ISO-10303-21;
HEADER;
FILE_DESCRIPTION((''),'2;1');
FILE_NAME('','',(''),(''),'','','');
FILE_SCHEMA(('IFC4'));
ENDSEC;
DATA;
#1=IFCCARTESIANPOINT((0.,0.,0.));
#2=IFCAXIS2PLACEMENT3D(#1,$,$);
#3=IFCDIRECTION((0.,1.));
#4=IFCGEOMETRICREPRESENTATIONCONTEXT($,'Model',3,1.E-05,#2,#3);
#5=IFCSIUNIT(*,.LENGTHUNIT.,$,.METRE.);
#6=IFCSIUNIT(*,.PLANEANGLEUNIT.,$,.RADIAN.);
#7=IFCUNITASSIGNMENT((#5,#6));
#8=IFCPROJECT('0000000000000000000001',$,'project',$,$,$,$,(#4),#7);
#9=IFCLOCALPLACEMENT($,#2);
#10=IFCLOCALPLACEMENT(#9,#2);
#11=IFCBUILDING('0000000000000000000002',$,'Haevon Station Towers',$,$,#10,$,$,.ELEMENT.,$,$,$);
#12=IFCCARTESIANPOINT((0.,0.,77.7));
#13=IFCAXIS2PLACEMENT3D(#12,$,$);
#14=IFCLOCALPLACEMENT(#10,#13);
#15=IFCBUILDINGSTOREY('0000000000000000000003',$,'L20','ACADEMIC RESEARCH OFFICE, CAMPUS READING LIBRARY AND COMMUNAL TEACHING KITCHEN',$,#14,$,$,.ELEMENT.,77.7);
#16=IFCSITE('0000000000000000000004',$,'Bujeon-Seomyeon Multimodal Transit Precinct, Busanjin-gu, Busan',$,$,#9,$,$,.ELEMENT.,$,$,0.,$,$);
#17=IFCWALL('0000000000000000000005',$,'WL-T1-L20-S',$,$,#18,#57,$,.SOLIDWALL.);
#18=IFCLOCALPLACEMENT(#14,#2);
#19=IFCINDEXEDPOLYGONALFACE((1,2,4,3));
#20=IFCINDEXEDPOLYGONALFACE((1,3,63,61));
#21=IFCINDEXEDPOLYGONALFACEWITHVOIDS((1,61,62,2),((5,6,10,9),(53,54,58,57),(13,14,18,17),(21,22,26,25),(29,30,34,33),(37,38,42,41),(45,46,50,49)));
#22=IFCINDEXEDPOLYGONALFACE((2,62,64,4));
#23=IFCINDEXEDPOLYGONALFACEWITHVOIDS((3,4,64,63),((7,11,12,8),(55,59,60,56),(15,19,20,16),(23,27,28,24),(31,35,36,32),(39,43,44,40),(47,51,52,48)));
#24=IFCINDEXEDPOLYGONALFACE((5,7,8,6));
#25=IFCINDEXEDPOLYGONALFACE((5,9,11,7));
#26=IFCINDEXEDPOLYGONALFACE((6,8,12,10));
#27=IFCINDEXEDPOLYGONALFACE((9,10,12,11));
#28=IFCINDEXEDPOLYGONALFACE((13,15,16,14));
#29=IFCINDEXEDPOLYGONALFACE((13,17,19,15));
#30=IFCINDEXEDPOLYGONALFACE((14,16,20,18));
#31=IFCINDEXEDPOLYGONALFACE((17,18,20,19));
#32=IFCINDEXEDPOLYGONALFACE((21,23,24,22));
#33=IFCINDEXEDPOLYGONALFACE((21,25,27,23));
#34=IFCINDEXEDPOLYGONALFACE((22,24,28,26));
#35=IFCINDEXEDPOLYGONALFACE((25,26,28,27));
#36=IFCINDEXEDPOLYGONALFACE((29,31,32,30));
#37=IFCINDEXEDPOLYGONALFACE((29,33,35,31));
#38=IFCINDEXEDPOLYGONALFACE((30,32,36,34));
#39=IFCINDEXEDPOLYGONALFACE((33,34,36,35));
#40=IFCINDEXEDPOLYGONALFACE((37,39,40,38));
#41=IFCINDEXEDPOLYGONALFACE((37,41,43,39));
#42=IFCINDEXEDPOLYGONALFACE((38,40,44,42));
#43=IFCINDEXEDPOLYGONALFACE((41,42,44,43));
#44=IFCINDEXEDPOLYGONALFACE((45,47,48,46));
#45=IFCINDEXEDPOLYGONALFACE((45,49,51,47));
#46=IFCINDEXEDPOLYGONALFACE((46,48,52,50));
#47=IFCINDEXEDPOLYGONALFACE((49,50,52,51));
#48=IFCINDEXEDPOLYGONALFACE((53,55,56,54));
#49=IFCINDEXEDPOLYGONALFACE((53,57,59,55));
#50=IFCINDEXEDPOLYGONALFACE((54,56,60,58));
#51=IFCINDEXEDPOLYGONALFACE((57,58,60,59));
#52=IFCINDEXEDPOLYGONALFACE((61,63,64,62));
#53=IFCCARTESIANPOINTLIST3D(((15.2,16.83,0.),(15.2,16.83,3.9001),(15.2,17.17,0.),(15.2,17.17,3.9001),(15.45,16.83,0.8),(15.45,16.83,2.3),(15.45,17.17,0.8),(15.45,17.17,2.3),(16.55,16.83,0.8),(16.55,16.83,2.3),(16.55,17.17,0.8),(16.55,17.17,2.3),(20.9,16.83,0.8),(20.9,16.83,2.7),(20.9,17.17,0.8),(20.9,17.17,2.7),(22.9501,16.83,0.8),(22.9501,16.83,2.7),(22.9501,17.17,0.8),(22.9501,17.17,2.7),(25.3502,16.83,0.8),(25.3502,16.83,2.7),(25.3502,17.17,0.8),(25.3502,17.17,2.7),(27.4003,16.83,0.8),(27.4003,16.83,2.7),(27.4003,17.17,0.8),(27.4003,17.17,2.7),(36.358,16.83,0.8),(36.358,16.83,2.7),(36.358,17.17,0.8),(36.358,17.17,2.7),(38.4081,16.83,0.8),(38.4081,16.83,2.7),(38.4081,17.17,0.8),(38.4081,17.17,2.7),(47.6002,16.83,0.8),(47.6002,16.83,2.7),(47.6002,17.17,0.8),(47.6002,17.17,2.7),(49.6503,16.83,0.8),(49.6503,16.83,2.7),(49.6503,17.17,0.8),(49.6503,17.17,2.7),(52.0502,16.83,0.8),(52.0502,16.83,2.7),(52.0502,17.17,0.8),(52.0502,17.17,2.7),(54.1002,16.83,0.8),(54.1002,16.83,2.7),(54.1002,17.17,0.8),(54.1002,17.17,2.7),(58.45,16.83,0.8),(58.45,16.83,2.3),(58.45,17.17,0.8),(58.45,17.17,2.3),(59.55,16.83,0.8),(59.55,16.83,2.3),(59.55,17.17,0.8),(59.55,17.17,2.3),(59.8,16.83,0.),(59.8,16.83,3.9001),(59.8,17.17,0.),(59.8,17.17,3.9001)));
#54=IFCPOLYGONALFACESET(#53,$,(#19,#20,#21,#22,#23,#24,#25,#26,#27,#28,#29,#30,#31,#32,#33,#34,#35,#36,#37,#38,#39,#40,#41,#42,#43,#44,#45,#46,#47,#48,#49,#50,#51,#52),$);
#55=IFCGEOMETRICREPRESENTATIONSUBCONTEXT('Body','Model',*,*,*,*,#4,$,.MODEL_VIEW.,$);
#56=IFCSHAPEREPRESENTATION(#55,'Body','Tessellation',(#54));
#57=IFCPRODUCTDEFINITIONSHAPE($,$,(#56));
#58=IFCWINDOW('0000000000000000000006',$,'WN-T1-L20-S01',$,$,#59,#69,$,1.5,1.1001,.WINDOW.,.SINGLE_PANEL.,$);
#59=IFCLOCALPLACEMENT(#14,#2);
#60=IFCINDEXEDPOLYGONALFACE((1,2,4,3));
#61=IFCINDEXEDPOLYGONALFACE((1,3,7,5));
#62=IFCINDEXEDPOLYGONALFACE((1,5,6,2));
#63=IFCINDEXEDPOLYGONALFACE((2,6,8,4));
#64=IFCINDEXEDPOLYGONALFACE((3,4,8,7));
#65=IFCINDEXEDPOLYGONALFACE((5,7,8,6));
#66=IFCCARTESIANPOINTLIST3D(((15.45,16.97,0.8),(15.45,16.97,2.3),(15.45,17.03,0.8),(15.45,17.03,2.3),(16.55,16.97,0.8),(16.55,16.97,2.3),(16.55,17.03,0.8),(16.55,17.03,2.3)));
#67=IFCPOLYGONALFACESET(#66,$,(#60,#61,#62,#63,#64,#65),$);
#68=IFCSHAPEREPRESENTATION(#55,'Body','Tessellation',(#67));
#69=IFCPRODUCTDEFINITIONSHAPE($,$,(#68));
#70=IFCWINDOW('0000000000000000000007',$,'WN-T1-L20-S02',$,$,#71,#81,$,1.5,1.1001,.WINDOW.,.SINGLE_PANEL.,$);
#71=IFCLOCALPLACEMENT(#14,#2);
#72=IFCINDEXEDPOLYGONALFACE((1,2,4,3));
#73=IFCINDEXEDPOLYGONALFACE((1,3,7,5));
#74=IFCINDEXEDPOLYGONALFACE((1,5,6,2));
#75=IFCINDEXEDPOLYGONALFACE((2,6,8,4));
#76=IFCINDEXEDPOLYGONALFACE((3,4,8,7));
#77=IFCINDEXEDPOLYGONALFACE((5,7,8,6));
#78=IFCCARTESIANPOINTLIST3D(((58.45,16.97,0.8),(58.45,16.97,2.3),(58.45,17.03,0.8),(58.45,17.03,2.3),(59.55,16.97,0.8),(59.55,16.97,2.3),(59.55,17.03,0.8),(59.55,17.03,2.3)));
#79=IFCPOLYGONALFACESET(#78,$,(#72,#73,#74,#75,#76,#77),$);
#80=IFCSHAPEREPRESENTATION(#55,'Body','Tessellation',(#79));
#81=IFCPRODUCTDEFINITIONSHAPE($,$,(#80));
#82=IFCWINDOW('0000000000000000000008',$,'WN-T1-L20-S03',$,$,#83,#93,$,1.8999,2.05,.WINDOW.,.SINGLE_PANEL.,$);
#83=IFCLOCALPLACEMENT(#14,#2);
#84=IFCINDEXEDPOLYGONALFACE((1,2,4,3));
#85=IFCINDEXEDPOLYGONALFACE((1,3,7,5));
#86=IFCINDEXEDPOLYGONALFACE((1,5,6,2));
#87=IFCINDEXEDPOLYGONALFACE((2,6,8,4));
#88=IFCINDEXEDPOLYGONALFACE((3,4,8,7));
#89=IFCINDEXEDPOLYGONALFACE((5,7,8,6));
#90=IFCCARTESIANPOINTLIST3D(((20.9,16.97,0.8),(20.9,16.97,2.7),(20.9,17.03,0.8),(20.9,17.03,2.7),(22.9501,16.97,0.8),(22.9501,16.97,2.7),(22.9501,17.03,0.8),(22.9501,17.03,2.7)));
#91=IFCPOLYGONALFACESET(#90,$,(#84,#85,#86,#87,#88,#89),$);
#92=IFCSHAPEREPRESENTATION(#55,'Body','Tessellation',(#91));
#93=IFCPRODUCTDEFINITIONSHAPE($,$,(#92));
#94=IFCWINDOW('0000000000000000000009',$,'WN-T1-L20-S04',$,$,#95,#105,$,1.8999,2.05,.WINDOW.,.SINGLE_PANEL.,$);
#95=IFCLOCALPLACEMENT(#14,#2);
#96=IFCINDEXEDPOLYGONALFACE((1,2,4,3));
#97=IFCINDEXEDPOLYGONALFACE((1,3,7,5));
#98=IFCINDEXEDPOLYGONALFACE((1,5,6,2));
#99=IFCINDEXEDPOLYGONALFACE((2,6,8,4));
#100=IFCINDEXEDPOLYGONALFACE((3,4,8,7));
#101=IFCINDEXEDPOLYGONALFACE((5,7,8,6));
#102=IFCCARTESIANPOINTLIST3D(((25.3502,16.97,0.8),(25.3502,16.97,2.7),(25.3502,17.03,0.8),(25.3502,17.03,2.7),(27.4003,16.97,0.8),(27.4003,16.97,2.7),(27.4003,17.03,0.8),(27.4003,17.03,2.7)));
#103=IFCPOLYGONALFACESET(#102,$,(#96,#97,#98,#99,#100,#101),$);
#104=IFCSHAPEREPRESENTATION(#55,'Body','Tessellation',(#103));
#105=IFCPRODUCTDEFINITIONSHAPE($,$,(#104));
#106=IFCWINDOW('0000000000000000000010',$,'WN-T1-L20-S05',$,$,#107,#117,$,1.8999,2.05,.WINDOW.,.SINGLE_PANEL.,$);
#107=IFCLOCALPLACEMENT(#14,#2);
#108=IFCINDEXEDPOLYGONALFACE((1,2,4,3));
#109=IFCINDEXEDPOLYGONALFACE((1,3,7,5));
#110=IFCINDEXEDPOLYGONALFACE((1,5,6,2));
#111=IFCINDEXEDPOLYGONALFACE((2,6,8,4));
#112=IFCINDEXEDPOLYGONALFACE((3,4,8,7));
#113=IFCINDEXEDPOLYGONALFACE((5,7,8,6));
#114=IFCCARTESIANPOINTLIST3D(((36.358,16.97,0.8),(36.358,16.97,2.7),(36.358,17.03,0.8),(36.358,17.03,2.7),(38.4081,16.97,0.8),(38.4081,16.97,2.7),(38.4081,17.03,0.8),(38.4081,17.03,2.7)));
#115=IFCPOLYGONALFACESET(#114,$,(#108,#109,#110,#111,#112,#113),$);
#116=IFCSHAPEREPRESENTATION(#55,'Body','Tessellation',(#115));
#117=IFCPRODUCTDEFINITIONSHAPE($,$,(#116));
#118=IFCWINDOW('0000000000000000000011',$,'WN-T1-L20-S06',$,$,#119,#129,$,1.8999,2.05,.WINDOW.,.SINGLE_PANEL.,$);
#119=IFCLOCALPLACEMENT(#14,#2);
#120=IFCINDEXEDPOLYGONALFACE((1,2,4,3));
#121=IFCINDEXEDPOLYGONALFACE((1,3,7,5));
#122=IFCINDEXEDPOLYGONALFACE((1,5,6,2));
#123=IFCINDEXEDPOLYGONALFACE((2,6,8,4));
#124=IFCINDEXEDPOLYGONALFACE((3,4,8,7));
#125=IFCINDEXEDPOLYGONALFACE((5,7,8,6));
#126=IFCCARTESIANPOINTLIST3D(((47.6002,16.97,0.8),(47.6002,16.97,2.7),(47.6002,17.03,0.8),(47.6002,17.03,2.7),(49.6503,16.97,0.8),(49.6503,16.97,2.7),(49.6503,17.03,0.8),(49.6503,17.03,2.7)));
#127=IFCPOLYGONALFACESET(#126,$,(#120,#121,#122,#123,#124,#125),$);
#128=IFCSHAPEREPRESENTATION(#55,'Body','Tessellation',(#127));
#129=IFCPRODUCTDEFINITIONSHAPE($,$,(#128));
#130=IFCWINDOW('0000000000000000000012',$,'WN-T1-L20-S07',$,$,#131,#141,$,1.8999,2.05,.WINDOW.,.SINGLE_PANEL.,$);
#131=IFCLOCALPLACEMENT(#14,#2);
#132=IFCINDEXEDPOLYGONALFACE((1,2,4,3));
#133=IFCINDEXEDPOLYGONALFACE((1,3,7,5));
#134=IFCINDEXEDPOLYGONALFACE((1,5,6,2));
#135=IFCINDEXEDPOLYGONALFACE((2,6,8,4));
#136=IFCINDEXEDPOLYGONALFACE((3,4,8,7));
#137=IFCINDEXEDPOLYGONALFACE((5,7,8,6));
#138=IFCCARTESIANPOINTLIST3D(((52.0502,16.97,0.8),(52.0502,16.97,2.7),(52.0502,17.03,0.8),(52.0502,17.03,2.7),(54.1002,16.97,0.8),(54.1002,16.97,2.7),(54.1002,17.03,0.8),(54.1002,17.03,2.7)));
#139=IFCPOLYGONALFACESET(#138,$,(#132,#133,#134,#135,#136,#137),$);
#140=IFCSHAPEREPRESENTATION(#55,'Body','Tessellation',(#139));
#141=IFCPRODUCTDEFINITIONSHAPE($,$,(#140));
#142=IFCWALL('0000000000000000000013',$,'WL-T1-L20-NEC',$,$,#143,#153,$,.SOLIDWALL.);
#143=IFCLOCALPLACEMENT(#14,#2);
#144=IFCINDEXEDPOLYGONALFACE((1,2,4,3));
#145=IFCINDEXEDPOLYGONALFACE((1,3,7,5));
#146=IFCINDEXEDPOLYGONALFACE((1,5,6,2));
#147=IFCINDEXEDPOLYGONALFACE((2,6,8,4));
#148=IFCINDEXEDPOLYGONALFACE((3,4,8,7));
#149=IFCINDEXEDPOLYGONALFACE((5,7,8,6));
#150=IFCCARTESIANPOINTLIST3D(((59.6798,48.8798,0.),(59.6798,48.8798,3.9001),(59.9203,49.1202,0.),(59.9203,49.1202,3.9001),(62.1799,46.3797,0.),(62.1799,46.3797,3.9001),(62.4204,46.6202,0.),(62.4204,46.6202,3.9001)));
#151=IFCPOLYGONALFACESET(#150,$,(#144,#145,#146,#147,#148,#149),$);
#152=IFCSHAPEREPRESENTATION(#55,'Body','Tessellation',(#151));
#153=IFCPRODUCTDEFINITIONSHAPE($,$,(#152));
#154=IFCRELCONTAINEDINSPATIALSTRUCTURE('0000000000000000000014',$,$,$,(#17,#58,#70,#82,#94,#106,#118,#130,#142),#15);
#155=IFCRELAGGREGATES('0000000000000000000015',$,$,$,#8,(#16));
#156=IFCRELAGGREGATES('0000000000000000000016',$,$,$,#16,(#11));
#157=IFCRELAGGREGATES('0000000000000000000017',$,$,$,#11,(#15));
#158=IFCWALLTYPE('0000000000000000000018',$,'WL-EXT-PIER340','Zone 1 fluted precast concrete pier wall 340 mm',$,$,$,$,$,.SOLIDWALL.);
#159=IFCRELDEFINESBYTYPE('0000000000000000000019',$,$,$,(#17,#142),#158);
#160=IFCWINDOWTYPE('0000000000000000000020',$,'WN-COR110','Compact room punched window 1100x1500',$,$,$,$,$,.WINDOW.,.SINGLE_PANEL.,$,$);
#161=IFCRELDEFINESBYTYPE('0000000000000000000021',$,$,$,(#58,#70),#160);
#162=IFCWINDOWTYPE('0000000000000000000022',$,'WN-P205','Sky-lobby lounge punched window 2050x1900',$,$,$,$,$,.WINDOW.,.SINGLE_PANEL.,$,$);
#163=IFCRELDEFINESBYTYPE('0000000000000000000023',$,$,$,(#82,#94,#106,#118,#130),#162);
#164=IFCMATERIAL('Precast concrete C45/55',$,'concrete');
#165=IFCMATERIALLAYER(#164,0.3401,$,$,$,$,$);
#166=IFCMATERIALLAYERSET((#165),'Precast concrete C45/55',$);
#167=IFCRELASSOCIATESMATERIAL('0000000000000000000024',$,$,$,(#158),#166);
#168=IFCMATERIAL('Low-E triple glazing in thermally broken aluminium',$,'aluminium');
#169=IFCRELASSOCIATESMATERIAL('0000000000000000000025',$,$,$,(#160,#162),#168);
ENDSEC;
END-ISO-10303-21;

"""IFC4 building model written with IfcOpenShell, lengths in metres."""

from ifc_helpers import new_model, si_unit, direction, frame, frame_2d, origin, place, context, subcontext, project, spatial, rectangle, extrude, material, layer, layer_set, type_object, element, fill, save


model = new_model("IFC4")

# Units and contexts
model_context = context("Model", 3, precision=1e-05, world=origin(), true_north=direction((0.0, 1.0)))
body_context = subcontext(model_context, "Body", "Model", "MODEL_VIEW")
ifc_project = project(units=[si_unit("LENGTHUNIT", "METRE"), si_unit("PLANEANGLEUNIT", "RADIAN")], contexts=[model_context])

# Site, building, storey
site_placement = place(None, origin())
site = spatial("IfcSite", under=ifc_project, at=site_placement, Name="Bujeon-Seomyeon Multimodal Transit Precinct, Busanjin-gu, Busan", CompositionType="ELEMENT", RefElevation=0.0)
building_placement = place(site_placement, origin())
building = spatial("IfcBuilding", under=site, at=building_placement, Name="Haevon Station Towers", CompositionType="ELEMENT")
storey_placement = place(building_placement, frame((0.0, 0.0, 77.7)))
storey = spatial("IfcBuildingStorey", under=building, at=storey_placement, Name="L20", Description="ACADEMIC RESEARCH OFFICE, CAMPUS READING LIBRARY AND COMMUNAL TEACHING KITCHEN", CompositionType="ELEMENT", Elevation=77.7)

# Wall, openings, windows
ifc_material_1 = material(Name="Precast concrete C45/55", Category="concrete")
ifc_layer_1 = layer(ifc_material_1, 0.3401)
ifc_layer_set_1 = layer_set([ifc_layer_1], Name="Precast concrete C45/55")
wall_type_1 = type_object("IfcWallType", Name="WL-EXT-PIER340", Description="Zone 1 fluted precast concrete pier wall 340 mm", PredefinedType="SOLIDWALL", material=ifc_layer_set_1)
wall_1_placement = place(storey_placement, frame((59.8, 17.0, 0.0), z_axis=(0.0, 0.0, 1.0), x_axis=(-1.0, 0.0, 0.0)))
wall_1 = element("IfcWall", 1, at=wall_1_placement, inside=storey, type_object=wall_type_1, Name="WL-T1-L20-S", PredefinedType="SOLIDWALL", context=body_context, shape_type="SweptSolid", body=[
    extrude(rectangle(XDim=44.6001, YDim=0.3401, at=frame_2d((22.3, 0.0))), origin(), (0.0, 0.0, 1.0), 3.9001),
])
opening_1_placement = place(wall_1_placement, frame((43.25, 0.0, 0.8)))
opening_1 = element("IfcOpeningElement", 2, at=opening_1_placement, cuts=wall_1, PredefinedType="OPENING", context=body_context, shape_type="SweptSolid", body=[
    extrude(rectangle(XDim=1.1001, YDim=1.5, at=frame_2d((0.55, 0.75))), frame((0.0, 0.1799, 0.0), z_axis=(0.0, -1.0, 0.0), x_axis=(1.0, 0.0, 0.0)), (0.0, 0.0, 1.0), 0.3601),
])
opening_2_placement = place(wall_1_placement, frame((0.25, 0.0, 0.8)))
opening_2 = element("IfcOpeningElement", 3, at=opening_2_placement, cuts=wall_1, PredefinedType="OPENING", context=body_context, shape_type="SweptSolid", body=[
    extrude(rectangle(XDim=1.1001, YDim=1.5, at=frame_2d((0.55, 0.75))), frame((0.0, 0.1799, 0.0), z_axis=(0.0, -1.0, 0.0), x_axis=(1.0, 0.0, 0.0)), (0.0, 0.0, 1.0), 0.3601),
])
opening_3_placement = place(wall_1_placement, frame((36.8501, 0.0, 0.8)))
opening_3 = element("IfcOpeningElement", 4, at=opening_3_placement, cuts=wall_1, PredefinedType="OPENING", context=body_context, shape_type="SweptSolid", body=[
    extrude(rectangle(XDim=2.05, YDim=1.8999, at=frame_2d((1.0249, 0.95))), frame((0.0, 0.1799, 0.0), z_axis=(0.0, -1.0, 0.0), x_axis=(1.0, 0.0, 0.0)), (0.0, 0.0, 1.0), 0.3601),
])
opening_4_placement = place(wall_1_placement, frame((32.3999, 0.0, 0.8)))
opening_4 = element("IfcOpeningElement", 5, at=opening_4_placement, cuts=wall_1, PredefinedType="OPENING", context=body_context, shape_type="SweptSolid", body=[
    extrude(rectangle(XDim=2.05, YDim=1.8999, at=frame_2d((1.0249, 0.95))), frame((0.0, 0.1799, 0.0), z_axis=(0.0, -1.0, 0.0), x_axis=(1.0, 0.0, 0.0)), (0.0, 0.0, 1.0), 0.3601),
])
opening_5_placement = place(wall_1_placement, frame((21.3921, 0.0, 0.8)))
opening_5 = element("IfcOpeningElement", 6, at=opening_5_placement, cuts=wall_1, PredefinedType="OPENING", context=body_context, shape_type="SweptSolid", body=[
    extrude(rectangle(XDim=2.05, YDim=1.8999, at=frame_2d((1.0249, 0.95))), frame((0.0, 0.1799, 0.0), z_axis=(0.0, -1.0, 0.0), x_axis=(1.0, 0.0, 0.0)), (0.0, 0.0, 1.0), 0.3601),
])
opening_6_placement = place(wall_1_placement, frame((10.1499, 0.0, 0.8)))
opening_6 = element("IfcOpeningElement", 7, at=opening_6_placement, cuts=wall_1, PredefinedType="OPENING", context=body_context, shape_type="SweptSolid", body=[
    extrude(rectangle(XDim=2.05, YDim=1.8999, at=frame_2d((1.0249, 0.95))), frame((0.0, 0.1799, 0.0), z_axis=(0.0, -1.0, 0.0), x_axis=(1.0, 0.0, 0.0)), (0.0, 0.0, 1.0), 0.3601),
])
opening_7_placement = place(wall_1_placement, frame((5.7, 0.0, 0.8)))
opening_7 = element("IfcOpeningElement", 8, at=opening_7_placement, cuts=wall_1, PredefinedType="OPENING", context=body_context, shape_type="SweptSolid", body=[
    extrude(rectangle(XDim=2.05, YDim=1.8999, at=frame_2d((1.0249, 0.95))), frame((0.0, 0.1799, 0.0), z_axis=(0.0, -1.0, 0.0), x_axis=(1.0, 0.0, 0.0)), (0.0, 0.0, 1.0), 0.3601),
])
ifc_material_2 = material(Name="Low-E triple glazing in thermally broken aluminium", Category="aluminium")
window_type_1 = type_object("IfcWindowType", Name="WN-COR110", Description="Compact room punched window 1100x1500", PartitioningType="SINGLE_PANEL", PredefinedType="WINDOW", material=ifc_material_2)
window_1_placement = place(opening_1_placement, origin())
window_1 = element("IfcWindow", 9, at=window_1_placement, inside=storey, type_object=window_type_1, Name="WN-T1-L20-S01", OverallHeight=1.5, OverallWidth=1.1001, PartitioningType="SINGLE_PANEL", PredefinedType="WINDOW", context=body_context, shape_type="SweptSolid", body=[
    extrude(rectangle(XDim=1.1001, YDim=1.5, at=frame_2d((0.55, 0.75))), frame((0.0, 0.03, 0.0), z_axis=(0.0, -1.0, 0.0), x_axis=(1.0, 0.0, 0.0)), (0.0, 0.0, 1.0), 0.0601),
])
fill(opening_1, window_1)
window_2_placement = place(opening_2_placement, origin())
window_2 = element("IfcWindow", 10, at=window_2_placement, inside=storey, type_object=window_type_1, Name="WN-T1-L20-S02", OverallHeight=1.5, OverallWidth=1.1001, PartitioningType="SINGLE_PANEL", PredefinedType="WINDOW", context=body_context, shape_type="SweptSolid", body=[
    extrude(rectangle(XDim=1.1001, YDim=1.5, at=frame_2d((0.55, 0.75))), frame((0.0, 0.03, 0.0), z_axis=(0.0, -1.0, 0.0), x_axis=(1.0, 0.0, 0.0)), (0.0, 0.0, 1.0), 0.0601),
])
fill(opening_2, window_2)
window_type_2 = type_object("IfcWindowType", Name="WN-P205", Description="Sky-lobby lounge punched window 2050x1900", PartitioningType="SINGLE_PANEL", PredefinedType="WINDOW", material=ifc_material_2)
window_3_placement = place(opening_3_placement, origin())
window_3 = element("IfcWindow", 11, at=window_3_placement, inside=storey, type_object=window_type_2, Name="WN-T1-L20-S03", OverallHeight=1.8999, OverallWidth=2.05, PartitioningType="SINGLE_PANEL", PredefinedType="WINDOW", context=body_context, shape_type="SweptSolid", body=[
    extrude(rectangle(XDim=2.05, YDim=1.8999, at=frame_2d((1.0249, 0.95))), frame((0.0, 0.03, 0.0), z_axis=(0.0, -1.0, 0.0), x_axis=(1.0, 0.0, 0.0)), (0.0, 0.0, 1.0), 0.0601),
])
fill(opening_3, window_3)
window_4_placement = place(opening_4_placement, origin())
window_4 = element("IfcWindow", 12, at=window_4_placement, inside=storey, type_object=window_type_2, Name="WN-T1-L20-S04", OverallHeight=1.8999, OverallWidth=2.05, PartitioningType="SINGLE_PANEL", PredefinedType="WINDOW", context=body_context, shape_type="SweptSolid", body=[
    extrude(rectangle(XDim=2.05, YDim=1.8999, at=frame_2d((1.0249, 0.95))), frame((0.0, 0.03, 0.0), z_axis=(0.0, -1.0, 0.0), x_axis=(1.0, 0.0, 0.0)), (0.0, 0.0, 1.0), 0.0601),
])
fill(opening_4, window_4)
window_5_placement = place(opening_5_placement, origin())
window_5 = element("IfcWindow", 13, at=window_5_placement, inside=storey, type_object=window_type_2, Name="WN-T1-L20-S05", OverallHeight=1.8999, OverallWidth=2.05, PartitioningType="SINGLE_PANEL", PredefinedType="WINDOW", context=body_context, shape_type="SweptSolid", body=[
    extrude(rectangle(XDim=2.05, YDim=1.8999, at=frame_2d((1.0249, 0.95))), frame((0.0, 0.03, 0.0), z_axis=(0.0, -1.0, 0.0), x_axis=(1.0, 0.0, 0.0)), (0.0, 0.0, 1.0), 0.0601),
])
fill(opening_5, window_5)
window_6_placement = place(opening_6_placement, origin())
window_6 = element("IfcWindow", 14, at=window_6_placement, inside=storey, type_object=window_type_2, Name="WN-T1-L20-S06", OverallHeight=1.8999, OverallWidth=2.05, PartitioningType="SINGLE_PANEL", PredefinedType="WINDOW", context=body_context, shape_type="SweptSolid", body=[
    extrude(rectangle(XDim=2.05, YDim=1.8999, at=frame_2d((1.0249, 0.95))), frame((0.0, 0.03, 0.0), z_axis=(0.0, -1.0, 0.0), x_axis=(1.0, 0.0, 0.0)), (0.0, 0.0, 1.0), 0.0601),
])
fill(opening_6, window_6)
window_7_placement = place(opening_7_placement, origin())
window_7 = element("IfcWindow", 15, at=window_7_placement, inside=storey, type_object=window_type_2, Name="WN-T1-L20-S07", OverallHeight=1.8999, OverallWidth=2.05, PartitioningType="SINGLE_PANEL", PredefinedType="WINDOW", context=body_context, shape_type="SweptSolid", body=[
    extrude(rectangle(XDim=2.05, YDim=1.8999, at=frame_2d((1.0249, 0.95))), frame((0.0, 0.03, 0.0), z_axis=(0.0, -1.0, 0.0), x_axis=(1.0, 0.0, 0.0)), (0.0, 0.0, 1.0), 0.0601),
])
fill(opening_7, window_7)

# Wall
wall_2_placement = place(storey_placement, frame((59.8, 49.0, 0.0), z_axis=(0.0, 0.0, 1.0), x_axis=(0.707107, -0.707107, 0.0)))
element("IfcWall", 16, at=wall_2_placement, inside=storey, type_object=wall_type_1, Name="WL-T1-L20-NEC", PredefinedType="SOLIDWALL", context=body_context, shape_type="SweptSolid", body=[
    extrude(rectangle(XDim=3.5356, YDim=0.3401, at=frame_2d((1.7678, 0.0))), origin(), (0.0, 0.0, 1.0), 3.9001),
])

save(model, "model.ifc")
